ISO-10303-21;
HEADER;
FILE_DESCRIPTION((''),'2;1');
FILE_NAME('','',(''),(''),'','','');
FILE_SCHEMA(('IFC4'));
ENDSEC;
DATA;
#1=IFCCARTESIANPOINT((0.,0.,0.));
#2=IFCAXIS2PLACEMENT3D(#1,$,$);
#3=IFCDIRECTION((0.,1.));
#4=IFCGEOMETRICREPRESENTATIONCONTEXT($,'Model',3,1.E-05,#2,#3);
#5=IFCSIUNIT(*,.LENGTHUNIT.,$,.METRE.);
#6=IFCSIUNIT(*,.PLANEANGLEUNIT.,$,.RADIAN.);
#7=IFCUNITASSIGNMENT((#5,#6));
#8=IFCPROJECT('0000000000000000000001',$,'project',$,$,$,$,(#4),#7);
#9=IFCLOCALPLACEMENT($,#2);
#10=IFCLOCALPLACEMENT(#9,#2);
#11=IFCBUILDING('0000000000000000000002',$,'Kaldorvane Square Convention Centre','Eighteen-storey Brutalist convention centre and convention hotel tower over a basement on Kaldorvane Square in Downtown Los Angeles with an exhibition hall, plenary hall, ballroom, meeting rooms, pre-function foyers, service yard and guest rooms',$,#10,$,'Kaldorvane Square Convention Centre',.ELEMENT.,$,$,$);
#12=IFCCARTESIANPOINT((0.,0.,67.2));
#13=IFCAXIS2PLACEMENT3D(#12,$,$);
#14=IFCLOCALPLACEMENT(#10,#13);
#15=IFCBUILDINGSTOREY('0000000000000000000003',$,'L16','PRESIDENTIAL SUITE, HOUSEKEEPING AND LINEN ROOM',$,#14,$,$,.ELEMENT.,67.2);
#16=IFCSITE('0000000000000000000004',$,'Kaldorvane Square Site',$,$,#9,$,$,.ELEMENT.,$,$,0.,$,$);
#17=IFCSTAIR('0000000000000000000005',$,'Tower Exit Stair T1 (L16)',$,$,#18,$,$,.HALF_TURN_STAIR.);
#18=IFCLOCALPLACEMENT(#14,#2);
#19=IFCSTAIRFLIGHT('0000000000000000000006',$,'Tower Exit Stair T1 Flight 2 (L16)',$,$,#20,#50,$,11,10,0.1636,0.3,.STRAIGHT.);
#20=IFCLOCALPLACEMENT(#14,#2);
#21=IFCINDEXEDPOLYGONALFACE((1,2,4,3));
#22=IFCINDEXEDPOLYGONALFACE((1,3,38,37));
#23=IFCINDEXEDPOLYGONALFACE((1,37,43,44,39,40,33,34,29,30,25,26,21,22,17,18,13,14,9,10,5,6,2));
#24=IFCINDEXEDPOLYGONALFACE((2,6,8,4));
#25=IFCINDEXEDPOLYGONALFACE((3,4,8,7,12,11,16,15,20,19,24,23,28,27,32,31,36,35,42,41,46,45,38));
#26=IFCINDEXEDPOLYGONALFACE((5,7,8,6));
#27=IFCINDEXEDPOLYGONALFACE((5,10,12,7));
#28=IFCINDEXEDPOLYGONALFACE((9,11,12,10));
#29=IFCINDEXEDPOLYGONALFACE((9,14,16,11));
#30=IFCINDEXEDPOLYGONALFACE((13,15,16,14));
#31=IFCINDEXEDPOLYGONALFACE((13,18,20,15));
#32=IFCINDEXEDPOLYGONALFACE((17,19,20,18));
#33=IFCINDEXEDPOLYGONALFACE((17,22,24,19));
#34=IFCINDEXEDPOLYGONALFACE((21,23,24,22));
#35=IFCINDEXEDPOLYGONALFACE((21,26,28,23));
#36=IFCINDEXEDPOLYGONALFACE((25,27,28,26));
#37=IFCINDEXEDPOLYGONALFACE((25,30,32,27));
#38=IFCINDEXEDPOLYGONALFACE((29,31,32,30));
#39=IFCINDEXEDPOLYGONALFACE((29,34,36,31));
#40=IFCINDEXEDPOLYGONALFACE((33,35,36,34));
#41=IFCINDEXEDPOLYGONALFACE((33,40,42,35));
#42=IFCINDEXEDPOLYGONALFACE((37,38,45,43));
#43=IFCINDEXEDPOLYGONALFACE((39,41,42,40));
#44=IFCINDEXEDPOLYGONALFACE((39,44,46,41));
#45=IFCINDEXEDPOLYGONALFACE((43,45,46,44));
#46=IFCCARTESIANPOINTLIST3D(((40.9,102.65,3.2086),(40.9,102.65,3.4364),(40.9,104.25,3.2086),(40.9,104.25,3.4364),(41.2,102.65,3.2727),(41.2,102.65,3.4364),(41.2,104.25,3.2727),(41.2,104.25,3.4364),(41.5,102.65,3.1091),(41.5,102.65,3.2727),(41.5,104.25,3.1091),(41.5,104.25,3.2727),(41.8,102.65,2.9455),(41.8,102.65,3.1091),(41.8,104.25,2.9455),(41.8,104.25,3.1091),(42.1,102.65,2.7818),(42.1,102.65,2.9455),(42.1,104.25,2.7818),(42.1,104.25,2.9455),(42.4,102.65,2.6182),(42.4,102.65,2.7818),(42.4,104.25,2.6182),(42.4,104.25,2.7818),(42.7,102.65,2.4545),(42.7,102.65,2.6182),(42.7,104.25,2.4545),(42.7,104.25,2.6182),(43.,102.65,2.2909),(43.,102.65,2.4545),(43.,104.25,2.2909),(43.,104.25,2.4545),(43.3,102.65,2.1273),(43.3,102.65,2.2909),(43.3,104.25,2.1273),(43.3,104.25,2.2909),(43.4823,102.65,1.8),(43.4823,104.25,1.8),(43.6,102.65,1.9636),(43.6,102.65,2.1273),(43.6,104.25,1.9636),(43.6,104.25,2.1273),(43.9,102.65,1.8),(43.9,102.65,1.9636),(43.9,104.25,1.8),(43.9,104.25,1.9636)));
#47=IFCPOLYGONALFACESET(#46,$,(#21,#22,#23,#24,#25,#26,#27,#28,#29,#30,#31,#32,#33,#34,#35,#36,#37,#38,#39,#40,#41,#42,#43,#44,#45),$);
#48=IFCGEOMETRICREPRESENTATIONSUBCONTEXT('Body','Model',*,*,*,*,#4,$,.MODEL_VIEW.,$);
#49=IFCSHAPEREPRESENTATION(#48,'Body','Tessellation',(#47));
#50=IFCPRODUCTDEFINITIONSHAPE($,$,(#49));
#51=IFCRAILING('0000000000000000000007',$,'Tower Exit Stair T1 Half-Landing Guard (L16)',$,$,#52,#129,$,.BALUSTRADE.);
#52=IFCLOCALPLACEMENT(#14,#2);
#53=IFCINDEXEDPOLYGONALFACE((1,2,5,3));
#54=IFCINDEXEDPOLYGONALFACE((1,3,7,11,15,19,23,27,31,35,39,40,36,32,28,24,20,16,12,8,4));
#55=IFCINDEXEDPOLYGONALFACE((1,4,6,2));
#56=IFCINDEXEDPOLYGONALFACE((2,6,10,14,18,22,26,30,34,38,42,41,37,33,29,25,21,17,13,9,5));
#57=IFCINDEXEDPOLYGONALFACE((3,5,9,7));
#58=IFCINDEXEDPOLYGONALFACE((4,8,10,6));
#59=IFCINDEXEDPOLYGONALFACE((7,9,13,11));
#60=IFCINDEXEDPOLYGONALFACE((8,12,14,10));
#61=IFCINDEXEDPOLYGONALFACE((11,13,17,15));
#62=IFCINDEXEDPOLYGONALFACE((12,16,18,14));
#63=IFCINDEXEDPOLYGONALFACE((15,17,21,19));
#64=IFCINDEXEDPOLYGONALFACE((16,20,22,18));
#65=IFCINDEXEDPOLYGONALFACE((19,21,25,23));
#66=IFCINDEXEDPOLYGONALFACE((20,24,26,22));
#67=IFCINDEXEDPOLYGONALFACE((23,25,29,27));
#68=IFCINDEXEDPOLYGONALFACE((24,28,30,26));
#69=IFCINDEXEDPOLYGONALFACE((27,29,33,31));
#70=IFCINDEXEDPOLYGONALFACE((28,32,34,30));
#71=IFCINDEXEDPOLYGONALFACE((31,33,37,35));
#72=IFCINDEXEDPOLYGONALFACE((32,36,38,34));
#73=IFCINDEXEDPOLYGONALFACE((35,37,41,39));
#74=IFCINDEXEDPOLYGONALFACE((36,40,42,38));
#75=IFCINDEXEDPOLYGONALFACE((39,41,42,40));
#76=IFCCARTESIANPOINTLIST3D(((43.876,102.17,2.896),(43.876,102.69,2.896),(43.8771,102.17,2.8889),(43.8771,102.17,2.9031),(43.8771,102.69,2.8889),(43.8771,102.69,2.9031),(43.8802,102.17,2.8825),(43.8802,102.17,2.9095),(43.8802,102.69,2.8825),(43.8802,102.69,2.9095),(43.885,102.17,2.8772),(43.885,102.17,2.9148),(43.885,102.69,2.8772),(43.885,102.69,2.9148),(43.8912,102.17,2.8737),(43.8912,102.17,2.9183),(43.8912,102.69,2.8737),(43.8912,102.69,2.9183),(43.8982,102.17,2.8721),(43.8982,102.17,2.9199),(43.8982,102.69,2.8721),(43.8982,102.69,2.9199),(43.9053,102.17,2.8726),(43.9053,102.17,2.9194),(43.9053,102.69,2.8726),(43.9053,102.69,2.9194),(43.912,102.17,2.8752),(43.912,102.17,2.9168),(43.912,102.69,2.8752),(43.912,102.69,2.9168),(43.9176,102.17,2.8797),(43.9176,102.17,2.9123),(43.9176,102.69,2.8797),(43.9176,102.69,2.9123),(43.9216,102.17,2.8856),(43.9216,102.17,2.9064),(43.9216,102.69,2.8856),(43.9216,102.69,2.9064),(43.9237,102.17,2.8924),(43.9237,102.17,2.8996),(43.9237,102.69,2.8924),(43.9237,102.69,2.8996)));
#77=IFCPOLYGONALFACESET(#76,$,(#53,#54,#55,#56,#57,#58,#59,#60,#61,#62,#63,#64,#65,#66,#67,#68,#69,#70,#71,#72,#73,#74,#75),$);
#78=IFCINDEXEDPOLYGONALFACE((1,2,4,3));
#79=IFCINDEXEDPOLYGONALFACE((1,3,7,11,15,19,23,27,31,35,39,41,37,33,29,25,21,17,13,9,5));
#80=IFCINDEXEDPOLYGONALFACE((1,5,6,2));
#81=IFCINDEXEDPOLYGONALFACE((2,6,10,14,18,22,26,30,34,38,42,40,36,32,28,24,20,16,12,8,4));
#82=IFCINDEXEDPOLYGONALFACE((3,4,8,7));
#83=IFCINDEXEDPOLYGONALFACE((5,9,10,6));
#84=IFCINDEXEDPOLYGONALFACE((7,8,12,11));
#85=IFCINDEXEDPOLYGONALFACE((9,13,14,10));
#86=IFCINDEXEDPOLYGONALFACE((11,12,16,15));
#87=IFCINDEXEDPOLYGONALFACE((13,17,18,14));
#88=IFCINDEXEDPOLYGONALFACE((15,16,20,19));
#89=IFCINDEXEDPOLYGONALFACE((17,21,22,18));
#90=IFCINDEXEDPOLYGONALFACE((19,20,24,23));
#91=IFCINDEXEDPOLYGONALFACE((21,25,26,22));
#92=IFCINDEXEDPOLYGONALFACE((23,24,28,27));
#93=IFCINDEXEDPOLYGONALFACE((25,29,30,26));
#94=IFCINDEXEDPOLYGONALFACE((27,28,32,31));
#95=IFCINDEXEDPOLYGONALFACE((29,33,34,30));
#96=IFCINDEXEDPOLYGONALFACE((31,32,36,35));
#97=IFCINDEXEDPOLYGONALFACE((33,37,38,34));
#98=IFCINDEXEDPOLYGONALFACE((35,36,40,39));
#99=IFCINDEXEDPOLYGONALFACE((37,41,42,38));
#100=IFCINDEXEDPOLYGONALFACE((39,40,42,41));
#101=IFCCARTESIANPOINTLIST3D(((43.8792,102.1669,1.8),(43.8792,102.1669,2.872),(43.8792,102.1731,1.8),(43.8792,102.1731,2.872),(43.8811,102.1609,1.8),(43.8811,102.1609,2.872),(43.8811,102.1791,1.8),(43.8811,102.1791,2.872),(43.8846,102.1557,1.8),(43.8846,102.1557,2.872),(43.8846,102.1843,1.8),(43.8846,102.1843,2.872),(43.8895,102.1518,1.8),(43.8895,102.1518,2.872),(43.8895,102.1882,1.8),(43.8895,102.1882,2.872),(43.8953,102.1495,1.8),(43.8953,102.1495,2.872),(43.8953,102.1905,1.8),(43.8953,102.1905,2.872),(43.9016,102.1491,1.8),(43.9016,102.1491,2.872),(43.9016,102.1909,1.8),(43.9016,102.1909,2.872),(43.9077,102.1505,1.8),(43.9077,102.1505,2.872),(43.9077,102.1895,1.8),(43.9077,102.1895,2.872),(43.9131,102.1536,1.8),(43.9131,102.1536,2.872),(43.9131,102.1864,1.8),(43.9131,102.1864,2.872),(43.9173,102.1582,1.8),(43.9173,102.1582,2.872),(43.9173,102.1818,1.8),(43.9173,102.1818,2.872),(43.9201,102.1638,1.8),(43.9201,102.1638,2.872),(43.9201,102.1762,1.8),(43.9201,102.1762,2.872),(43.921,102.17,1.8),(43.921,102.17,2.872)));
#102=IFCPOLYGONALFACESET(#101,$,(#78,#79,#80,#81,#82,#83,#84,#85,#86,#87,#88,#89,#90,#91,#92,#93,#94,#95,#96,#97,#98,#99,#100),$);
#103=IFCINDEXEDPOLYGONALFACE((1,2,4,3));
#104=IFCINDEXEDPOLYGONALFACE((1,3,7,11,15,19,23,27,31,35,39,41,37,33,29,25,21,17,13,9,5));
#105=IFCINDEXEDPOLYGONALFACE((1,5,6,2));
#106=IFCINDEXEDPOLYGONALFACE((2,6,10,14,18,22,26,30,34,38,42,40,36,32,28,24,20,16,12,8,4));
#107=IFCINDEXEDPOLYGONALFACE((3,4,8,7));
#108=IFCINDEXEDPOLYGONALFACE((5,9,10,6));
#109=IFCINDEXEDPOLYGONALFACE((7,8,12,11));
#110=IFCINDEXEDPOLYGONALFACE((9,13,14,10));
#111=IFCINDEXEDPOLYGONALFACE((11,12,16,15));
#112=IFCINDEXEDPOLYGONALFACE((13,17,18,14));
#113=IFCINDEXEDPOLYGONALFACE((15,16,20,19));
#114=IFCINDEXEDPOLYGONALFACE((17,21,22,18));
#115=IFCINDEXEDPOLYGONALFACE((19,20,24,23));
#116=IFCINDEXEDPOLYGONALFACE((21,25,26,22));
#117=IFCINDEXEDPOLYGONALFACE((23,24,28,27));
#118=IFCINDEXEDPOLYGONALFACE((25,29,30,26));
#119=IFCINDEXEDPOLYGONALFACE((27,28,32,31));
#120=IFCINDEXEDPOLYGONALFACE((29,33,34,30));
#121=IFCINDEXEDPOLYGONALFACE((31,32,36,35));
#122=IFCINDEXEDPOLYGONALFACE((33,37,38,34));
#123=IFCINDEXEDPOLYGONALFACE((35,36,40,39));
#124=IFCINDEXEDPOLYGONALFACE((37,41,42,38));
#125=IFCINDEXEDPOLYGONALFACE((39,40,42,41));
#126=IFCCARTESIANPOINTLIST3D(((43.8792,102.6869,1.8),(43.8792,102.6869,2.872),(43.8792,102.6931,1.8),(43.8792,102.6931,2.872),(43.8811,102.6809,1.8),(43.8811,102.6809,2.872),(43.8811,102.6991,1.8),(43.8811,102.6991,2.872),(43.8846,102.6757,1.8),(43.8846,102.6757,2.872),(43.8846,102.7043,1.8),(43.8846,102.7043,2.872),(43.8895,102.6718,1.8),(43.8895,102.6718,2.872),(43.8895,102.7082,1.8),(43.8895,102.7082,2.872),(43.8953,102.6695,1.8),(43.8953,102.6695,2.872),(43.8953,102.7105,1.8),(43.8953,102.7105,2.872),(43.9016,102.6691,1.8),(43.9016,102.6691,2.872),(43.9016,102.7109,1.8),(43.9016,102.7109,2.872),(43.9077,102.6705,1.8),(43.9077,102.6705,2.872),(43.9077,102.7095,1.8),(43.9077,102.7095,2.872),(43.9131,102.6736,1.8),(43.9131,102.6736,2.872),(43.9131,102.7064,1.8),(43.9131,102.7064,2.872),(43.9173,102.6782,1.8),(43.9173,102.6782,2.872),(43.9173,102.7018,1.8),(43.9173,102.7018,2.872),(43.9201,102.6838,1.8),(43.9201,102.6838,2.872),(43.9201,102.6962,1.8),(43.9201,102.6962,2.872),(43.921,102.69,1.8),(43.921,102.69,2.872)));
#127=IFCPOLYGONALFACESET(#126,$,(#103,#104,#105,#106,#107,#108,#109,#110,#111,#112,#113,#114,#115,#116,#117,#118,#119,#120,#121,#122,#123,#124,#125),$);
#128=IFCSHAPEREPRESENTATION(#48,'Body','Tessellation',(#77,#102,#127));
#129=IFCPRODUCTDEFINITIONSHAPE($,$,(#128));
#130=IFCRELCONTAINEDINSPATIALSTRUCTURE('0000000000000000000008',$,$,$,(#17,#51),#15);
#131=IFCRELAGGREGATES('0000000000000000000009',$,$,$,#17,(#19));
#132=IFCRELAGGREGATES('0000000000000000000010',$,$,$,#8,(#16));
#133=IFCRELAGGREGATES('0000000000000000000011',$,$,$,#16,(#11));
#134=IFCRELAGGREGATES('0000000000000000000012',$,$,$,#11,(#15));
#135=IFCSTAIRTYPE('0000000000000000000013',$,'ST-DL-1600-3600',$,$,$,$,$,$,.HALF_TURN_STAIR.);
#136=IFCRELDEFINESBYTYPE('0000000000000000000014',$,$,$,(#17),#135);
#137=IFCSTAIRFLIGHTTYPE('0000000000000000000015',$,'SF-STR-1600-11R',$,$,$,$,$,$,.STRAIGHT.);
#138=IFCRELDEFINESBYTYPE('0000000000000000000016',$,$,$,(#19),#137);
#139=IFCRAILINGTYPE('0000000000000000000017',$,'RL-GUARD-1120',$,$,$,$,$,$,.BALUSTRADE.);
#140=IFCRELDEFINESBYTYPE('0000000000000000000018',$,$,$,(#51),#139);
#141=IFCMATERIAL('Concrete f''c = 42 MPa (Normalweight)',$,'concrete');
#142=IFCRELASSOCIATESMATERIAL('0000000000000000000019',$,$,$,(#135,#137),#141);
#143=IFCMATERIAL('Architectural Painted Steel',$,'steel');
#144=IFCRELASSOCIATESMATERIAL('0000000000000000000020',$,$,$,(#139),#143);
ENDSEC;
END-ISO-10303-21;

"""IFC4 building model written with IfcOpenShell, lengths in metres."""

from ifc_helpers import new_model, si_unit, direction, frame, origin, origin_2d, place, context, subcontext, project, spatial, polyline, circle, outline, extrude, material, type_object, element, aggregate, save


model = new_model("IFC4")

# Units and contexts
model_context = context("Model", 3, precision=1e-05, world=origin(), true_north=direction((0.0, 1.0)))
body_context = subcontext(model_context, "Body", "Model", "MODEL_VIEW")
ifc_project = project(units=[si_unit("LENGTHUNIT", "METRE"), si_unit("PLANEANGLEUNIT", "RADIAN")], contexts=[model_context])

# Site, building, storey
site_placement = place(None, origin())
site = spatial("IfcSite", under=ifc_project, at=site_placement, Name="Kaldorvane Square Site", CompositionType="ELEMENT", RefElevation=0.0)
building_placement = place(site_placement, origin())
building = spatial("IfcBuilding", under=site, at=building_placement, Name="Kaldorvane Square Convention Centre", Description="Eighteen-storey Brutalist convention centre and convention hotel tower over a basement on Kaldorvane Square in Downtown Los Angeles with an exhibition hall, plenary hall, ballroom, meeting rooms, pre-function foyers, service yard and guest rooms", LongName="Kaldorvane Square Convention Centre", CompositionType="ELEMENT")
storey_placement = place(building_placement, frame((0.0, 0.0, 67.2)))
storey = spatial("IfcBuildingStorey", under=building, at=storey_placement, Name="L16", Description="PRESIDENTIAL SUITE, HOUSEKEEPING AND LINEN ROOM", CompositionType="ELEMENT", Elevation=67.2)

# Shared definitions
ifc_material_1 = material(Name="Concrete f'c = 42 MPa (Normalweight)", Category="concrete")

# Stair, stair flight
stair_type = type_object("IfcStairType", Name="ST-DL-1600-3600", PredefinedType="HALF_TURN_STAIR", material=ifc_material_1)
stair_placement = place(storey_placement, origin())
stair = element("IfcStair", 1, at=stair_placement, inside=storey, type_object=stair_type, Name="Tower Exit Stair T1 (L16)", PredefinedType="HALF_TURN_STAIR")
stair_flight_type = type_object("IfcStairFlightType", Name="SF-STR-1600-11R", PredefinedType="STRAIGHT", material=ifc_material_1)
stair_flight_placement = place(storey_placement, frame((43.9, 103.45, 1.8), z_axis=(0.0, 0.0, 1.0), x_axis=(-1.0, 0.0, 0.0)))
stair_flight = element("IfcStairFlight", 2, at=stair_flight_placement, type_object=stair_flight_type, Name="Tower Exit Stair T1 Flight 2 (L16)", NumberOfRisers=11, NumberOfTreads=10, PredefinedType="STRAIGHT", RiserHeight=0.1636, TreadLength=0.3, context=body_context, shape_type="SweptSolid", body=[
    extrude(outline(polyline([(0.0, 0.0), (0.0, 0.1636), (0.3, 0.1636), (0.3, 0.3273), (0.6, 0.3273), (0.6, 0.4909), (0.9, 0.4909), (0.9, 0.6545), (1.2, 0.6545), (1.2, 0.8182), (1.5, 0.8182), (1.5, 0.9818), (1.8, 0.9818), (1.8, 1.1455), (2.1, 1.1455), (2.1, 1.3091), (2.4, 1.3091), (2.4, 1.4727), (2.7, 1.4727), (2.7, 1.6364), (3.0, 1.6364), (3.0, 1.8), (3.0, 1.4086), (0.4177, 0.0), (0.0, 0.0)])), frame((0.0, 0.8, 0.0), z_axis=(0.0, -1.0, 0.0), x_axis=(1.0, 0.0, 0.0)), (0.0, 0.0, 1.0), 1.6),
])
aggregate(stair, [stair_flight])

# Railing
ifc_material_2 = material(Name="Architectural Painted Steel", Category="steel")
railing_type_1 = type_object("IfcRailingType", Name="RL-GUARD-1120", PredefinedType="BALUSTRADE", material=ifc_material_2)
railing_1_placement = place(storey_placement, frame((43.9, 102.17, 1.8)))
element("IfcRailing", 3, at=railing_1_placement, inside=storey, type_object=railing_type_1, Name="Tower Exit Stair T1 Half-Landing Guard (L16)", PredefinedType="BALUSTRADE", context=body_context, shape_type="SweptSolid", body=[
    extrude(circle(Radius=0.024, at=origin_2d()), frame((0.0, 0.0, 1.096), z_axis=(0.0, 1.0, 0.0), x_axis=(-1.0, 0.0, 0.0)), (0.0, 0.0, 1.0), 0.52),
    extrude(circle(Radius=0.021, at=origin_2d()), origin(), (0.0, 0.0, 1.0), 1.072),
    extrude(circle(Radius=0.021, at=origin_2d()), frame((0.0, 0.52, 0.0)), (0.0, 0.0, 1.0), 1.072),
])

save(model, "model.ifc")
